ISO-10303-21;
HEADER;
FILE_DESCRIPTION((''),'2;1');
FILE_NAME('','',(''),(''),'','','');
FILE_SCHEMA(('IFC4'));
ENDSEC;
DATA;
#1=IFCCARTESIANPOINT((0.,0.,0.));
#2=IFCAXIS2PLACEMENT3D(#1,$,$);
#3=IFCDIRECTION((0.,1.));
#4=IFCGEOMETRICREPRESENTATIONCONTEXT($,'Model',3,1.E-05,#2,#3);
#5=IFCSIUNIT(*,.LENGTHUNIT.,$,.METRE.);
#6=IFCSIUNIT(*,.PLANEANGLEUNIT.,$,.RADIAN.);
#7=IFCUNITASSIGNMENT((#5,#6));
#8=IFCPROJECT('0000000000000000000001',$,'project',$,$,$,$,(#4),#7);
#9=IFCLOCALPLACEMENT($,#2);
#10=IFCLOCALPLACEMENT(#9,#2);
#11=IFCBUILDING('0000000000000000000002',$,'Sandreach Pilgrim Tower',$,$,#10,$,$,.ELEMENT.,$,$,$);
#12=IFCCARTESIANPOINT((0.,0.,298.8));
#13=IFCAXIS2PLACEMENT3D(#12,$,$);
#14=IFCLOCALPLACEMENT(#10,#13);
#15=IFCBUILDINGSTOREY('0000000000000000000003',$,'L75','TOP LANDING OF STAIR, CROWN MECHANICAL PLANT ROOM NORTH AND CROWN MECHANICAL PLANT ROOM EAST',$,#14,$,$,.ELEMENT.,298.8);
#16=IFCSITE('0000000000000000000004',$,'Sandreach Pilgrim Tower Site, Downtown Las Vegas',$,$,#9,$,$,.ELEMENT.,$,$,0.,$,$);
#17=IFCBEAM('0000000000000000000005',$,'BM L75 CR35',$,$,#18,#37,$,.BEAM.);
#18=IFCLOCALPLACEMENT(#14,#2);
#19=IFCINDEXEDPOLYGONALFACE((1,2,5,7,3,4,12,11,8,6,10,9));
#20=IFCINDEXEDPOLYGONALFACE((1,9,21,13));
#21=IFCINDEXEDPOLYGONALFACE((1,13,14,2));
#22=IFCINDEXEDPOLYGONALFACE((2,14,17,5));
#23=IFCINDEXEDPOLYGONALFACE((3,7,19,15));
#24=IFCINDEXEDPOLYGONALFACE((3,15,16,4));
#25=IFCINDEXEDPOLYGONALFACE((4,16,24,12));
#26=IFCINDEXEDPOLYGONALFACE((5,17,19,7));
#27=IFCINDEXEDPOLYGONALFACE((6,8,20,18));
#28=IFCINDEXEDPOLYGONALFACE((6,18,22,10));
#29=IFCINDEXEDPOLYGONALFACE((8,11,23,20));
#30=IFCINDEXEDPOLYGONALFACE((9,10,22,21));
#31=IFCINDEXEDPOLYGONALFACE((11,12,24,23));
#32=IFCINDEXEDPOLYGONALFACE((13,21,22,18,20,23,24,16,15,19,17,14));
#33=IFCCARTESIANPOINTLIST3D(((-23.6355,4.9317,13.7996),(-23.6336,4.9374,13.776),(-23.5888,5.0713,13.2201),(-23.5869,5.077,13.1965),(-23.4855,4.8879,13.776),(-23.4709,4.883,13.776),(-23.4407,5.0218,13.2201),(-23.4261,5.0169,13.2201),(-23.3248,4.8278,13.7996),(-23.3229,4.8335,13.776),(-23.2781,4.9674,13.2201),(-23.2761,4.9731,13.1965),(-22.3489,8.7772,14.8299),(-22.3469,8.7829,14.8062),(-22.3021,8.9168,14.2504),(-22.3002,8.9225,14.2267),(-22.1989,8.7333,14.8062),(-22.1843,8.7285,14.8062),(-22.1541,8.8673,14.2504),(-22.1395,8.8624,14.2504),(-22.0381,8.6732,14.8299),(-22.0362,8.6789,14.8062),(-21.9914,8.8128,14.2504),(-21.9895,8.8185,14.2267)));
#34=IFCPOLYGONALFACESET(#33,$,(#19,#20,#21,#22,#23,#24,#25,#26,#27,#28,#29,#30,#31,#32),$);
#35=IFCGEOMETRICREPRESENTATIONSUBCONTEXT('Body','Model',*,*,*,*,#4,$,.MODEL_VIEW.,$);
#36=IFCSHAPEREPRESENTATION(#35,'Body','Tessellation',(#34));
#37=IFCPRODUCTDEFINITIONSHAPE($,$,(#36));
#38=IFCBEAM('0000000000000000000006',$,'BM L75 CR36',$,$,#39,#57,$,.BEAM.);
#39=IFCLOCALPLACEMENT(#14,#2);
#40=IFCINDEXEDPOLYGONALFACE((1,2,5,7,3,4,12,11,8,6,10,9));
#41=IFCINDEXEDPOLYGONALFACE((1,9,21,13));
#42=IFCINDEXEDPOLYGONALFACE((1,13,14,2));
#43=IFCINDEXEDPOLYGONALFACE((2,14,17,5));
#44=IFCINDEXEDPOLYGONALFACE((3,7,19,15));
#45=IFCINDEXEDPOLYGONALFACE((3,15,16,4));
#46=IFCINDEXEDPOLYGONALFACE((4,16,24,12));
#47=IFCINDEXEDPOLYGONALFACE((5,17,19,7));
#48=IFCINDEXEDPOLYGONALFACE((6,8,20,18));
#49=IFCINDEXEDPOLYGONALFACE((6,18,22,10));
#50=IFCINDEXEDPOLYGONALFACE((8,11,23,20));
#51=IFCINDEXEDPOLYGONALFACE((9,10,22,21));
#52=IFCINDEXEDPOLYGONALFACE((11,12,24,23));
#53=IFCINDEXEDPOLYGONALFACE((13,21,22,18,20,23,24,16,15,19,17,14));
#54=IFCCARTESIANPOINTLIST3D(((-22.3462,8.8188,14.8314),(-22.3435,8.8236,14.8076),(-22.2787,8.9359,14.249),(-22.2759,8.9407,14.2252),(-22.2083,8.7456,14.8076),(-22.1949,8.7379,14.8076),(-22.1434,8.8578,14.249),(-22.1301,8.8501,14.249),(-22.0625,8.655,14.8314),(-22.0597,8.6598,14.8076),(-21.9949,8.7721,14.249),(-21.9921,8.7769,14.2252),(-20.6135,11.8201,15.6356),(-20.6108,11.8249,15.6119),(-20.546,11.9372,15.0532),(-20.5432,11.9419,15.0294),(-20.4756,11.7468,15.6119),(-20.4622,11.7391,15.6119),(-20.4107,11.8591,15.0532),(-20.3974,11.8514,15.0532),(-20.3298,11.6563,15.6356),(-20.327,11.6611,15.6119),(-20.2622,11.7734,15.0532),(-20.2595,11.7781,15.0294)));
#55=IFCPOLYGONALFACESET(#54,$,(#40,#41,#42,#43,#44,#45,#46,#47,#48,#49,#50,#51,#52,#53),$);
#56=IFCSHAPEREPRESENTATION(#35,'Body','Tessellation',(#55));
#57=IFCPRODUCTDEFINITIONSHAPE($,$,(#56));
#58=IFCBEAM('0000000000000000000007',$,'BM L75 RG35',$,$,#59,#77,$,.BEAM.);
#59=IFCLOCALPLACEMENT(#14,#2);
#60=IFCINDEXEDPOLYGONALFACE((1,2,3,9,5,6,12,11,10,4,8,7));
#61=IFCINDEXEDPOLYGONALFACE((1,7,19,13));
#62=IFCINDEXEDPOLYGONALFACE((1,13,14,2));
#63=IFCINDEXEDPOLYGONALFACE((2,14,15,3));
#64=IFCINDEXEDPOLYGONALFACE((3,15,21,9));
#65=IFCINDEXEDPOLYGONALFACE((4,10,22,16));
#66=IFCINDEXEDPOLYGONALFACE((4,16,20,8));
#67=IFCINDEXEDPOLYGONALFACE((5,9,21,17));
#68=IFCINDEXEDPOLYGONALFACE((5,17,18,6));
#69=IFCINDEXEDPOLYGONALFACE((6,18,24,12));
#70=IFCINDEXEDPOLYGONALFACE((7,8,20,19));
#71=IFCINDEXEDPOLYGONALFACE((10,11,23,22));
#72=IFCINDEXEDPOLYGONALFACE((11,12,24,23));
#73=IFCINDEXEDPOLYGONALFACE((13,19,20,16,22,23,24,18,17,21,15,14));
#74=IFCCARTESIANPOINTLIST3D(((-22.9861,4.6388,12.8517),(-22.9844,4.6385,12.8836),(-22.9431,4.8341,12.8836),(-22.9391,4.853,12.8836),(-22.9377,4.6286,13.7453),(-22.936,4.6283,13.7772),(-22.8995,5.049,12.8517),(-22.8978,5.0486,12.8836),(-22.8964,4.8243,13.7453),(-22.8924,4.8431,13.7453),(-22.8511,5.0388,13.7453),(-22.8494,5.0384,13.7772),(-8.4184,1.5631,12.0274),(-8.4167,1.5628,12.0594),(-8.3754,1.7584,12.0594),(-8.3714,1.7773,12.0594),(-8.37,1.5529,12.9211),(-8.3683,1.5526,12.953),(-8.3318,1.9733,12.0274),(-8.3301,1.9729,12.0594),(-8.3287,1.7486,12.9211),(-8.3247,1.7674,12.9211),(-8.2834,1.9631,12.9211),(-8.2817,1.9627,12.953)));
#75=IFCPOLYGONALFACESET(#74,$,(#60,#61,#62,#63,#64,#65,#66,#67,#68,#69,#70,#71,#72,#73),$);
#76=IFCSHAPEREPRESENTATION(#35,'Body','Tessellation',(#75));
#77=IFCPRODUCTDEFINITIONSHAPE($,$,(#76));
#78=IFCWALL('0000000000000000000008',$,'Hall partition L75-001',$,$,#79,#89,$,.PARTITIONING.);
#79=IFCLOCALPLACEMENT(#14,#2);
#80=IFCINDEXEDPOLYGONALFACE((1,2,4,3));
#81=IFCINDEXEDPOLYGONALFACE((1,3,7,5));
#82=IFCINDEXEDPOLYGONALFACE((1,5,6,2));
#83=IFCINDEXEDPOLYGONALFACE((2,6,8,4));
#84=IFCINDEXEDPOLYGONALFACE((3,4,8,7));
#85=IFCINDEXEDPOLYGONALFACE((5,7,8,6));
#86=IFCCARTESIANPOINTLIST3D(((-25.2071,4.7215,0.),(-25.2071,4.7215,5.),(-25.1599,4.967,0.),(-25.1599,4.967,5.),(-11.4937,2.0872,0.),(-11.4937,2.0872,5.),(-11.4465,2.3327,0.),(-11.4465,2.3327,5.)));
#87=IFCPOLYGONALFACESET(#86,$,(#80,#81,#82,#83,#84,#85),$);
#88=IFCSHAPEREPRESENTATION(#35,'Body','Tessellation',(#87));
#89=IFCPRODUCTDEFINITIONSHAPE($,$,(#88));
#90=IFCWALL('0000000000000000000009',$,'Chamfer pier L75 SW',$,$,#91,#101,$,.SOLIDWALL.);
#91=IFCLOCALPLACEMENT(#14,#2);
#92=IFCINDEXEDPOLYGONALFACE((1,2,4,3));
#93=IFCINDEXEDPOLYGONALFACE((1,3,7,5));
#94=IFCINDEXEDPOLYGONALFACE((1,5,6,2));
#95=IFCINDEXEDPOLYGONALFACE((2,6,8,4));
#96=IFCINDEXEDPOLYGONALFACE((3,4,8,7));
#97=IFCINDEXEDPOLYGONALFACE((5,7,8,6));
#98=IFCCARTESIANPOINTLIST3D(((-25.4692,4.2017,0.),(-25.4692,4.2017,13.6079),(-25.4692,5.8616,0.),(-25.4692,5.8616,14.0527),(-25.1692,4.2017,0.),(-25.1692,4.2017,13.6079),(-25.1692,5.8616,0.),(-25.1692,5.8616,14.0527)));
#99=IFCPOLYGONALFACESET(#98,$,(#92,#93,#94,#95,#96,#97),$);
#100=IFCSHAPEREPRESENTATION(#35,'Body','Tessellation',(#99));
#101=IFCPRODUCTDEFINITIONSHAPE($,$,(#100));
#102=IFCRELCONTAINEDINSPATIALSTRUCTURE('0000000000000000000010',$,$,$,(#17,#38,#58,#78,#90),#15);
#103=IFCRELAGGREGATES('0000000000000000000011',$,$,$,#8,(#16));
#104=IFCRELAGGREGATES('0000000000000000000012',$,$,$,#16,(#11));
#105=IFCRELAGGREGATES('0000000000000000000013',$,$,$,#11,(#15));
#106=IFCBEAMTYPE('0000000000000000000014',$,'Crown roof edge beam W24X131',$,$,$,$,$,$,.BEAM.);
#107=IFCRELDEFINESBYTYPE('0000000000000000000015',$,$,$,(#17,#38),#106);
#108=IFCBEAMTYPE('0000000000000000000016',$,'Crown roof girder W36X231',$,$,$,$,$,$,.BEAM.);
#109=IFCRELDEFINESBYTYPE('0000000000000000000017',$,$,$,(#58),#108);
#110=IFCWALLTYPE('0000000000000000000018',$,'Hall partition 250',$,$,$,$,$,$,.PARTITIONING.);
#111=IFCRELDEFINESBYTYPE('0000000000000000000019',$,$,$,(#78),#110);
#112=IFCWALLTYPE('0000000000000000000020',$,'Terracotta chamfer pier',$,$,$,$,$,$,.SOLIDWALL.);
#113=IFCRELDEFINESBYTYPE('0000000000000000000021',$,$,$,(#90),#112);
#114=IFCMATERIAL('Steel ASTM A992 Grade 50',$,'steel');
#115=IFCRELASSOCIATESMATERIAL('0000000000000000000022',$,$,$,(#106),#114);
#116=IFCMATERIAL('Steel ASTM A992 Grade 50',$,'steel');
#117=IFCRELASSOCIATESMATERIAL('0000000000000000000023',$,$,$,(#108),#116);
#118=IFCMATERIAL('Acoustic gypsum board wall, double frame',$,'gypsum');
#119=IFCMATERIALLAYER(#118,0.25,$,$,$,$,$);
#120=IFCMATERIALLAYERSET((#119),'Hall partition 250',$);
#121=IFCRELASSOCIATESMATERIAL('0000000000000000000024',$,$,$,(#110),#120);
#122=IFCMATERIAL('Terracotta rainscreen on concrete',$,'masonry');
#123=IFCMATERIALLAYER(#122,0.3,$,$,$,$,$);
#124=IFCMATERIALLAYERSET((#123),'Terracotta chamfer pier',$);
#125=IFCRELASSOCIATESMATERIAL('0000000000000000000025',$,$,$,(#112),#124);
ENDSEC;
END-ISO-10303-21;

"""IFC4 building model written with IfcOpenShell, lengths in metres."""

from ifc_helpers import new_model, si_unit, direction, frame, frame_2d, origin, origin_2d, place, context, subcontext, project, spatial, polyline, rectangle, i_section, outline, extrude, material, layer, layer_set, material_profile, profile_set, type_object, element, save


model = new_model("IFC4")

# Units and contexts
model_context = context("Model", 3, precision=1e-05, world=origin(), true_north=direction((0.0, 1.0)))
body_context = subcontext(model_context, "Body", "Model", "MODEL_VIEW")
ifc_project = project(units=[si_unit("LENGTHUNIT", "METRE"), si_unit("PLANEANGLEUNIT", "RADIAN")], contexts=[model_context])

# Site, building, storey
site_placement = place(None, origin())
site = spatial("IfcSite", under=ifc_project, at=site_placement, Name="Sandreach Pilgrim Tower Site, Downtown Las Vegas", CompositionType="ELEMENT", RefElevation=0.0)
building_placement = place(site_placement, origin())
building = spatial("IfcBuilding", under=site, at=building_placement, Name="Sandreach Pilgrim Tower", CompositionType="ELEMENT")
storey_placement = place(building_placement, frame((0.0, 0.0, 298.8)))
storey = spatial("IfcBuildingStorey", under=building, at=storey_placement, Name="L75", Description="TOP LANDING OF STAIR, CROWN MECHANICAL PLANT ROOM NORTH AND CROWN MECHANICAL PLANT ROOM EAST", CompositionType="ELEMENT", Elevation=298.8)

# Beams
ifc_material_1 = material(Name="Steel ASTM A992 Grade 50", Category="steel")
ifc_material_profile_1 = material_profile(ifc_material_1, i_section(OverallWidth=0.3276, OverallDepth=0.6223, WebThickness=0.0154, FlangeThickness=0.0244, at=origin_2d()), Name="W24X131")
ifc_profile_set_1 = profile_set([ifc_material_profile_1], Name="Steel ASTM A992 Grade 50")
beam_type_1 = type_object("IfcBeamType", Name="Crown roof edge beam W24X131", PredefinedType="BEAM", material=ifc_profile_set_1)
beam_1_placement = place(storey_placement, frame((-23.4558, 4.9524, 13.498), z_axis=(0.307523, 0.919125, 0.246251), x_axis=(-0.948327, 0.317293, 0.0)))
element("IfcBeam", 1, at=beam_1_placement, inside=storey, type_object=beam_type_1, Name="BM L75 CR35", PredefinedType="BEAM", context=body_context, shape_type="SweptSolid", body=[
    extrude(i_section(OverallWidth=0.3276, OverallDepth=0.6223, WebThickness=0.0154, FlangeThickness=0.0244, at=origin_2d()), origin(), (0.0, 0.0, 1.0), 4.1838),
])
beam_2_placement = place(storey_placement, frame((-22.1692, 8.7979, 14.5283), z_axis=(0.487039, 0.843619, 0.226054), x_axis=(-0.866037, 0.499981, 0.0)))
element("IfcBeam", 2, at=beam_2_placement, inside=storey, type_object=beam_type_1, Name="BM L75 CR36", PredefinedType="BEAM", context=body_context, shape_type="SweptSolid", body=[
    extrude(i_section(OverallWidth=0.3276, OverallDepth=0.6223, WebThickness=0.0154, FlangeThickness=0.0244, at=origin_2d()), origin(), (0.0, 0.0, 1.0), 3.5576),
])
ifc_material_2 = material(Name="Steel ASTM A992 Grade 50", Category="steel")
ifc_material_profile_2 = material_profile(ifc_material_2, i_section(OverallWidth=0.4192, OverallDepth=0.927, WebThickness=0.0193, FlangeThickness=0.032, at=origin_2d()), Name="W36X231")
ifc_profile_set_2 = profile_set([ifc_material_profile_2], Name="Steel ASTM A992 Grade 50")
beam_type_2 = type_object("IfcBeamType", Name="Crown roof girder W36X231", PredefinedType="BEAM", material=ifc_profile_set_2)
beam_3_placement = place(storey_placement, frame((-22.9177, 4.8386, 13.3145), z_axis=(0.976934, -0.206262, -0.055274), x_axis=(0.206577, 0.97843, 0.0)))
element("IfcBeam", 3, at=beam_3_placement, inside=storey, type_object=beam_type_2, Name="BM L75 RG35", PredefinedType="BEAM", context=body_context, shape_type="SweptSolid", body=[
    extrude(i_section(OverallWidth=0.4192, OverallDepth=0.927, WebThickness=0.0193, FlangeThickness=0.032, at=origin_2d()), origin(), (0.0, 0.0, 1.0), 14.9116),
])

# Walls
ifc_material_3 = material(Name="Acoustic gypsum board wall, double frame", Category="gypsum")
ifc_layer_1 = layer(ifc_material_3, 0.25)
ifc_layer_set_1 = layer_set([ifc_layer_1], Name="Hall partition 250")
wall_type_1 = type_object("IfcWallType", Name="Hall partition 250", PredefinedType="PARTITIONING", material=ifc_layer_set_1)
wall_1_placement = place(storey_placement, frame((-25.1833, 4.8442, 0.0), z_axis=(0.0, 0.0, 1.0), x_axis=(0.982045, -0.188646, 0.0)))
element("IfcWall", 4, at=wall_1_placement, inside=storey, type_object=wall_type_1, Name="Hall partition L75-001", PredefinedType="PARTITIONING", context=body_context, shape_type="SweptSolid", body=[
    extrude(rectangle(XDim=13.9641, YDim=0.25, at=frame_2d((6.9819, 0.0))), origin(), (0.0, 0.0, 1.0), 5.0),
])
ifc_material_4 = material(Name="Terracotta rainscreen on concrete", Category="masonry")
ifc_layer_2 = layer(ifc_material_4, 0.3)
ifc_layer_set_2 = layer_set([ifc_layer_2], Name="Terracotta chamfer pier")
wall_type_2 = type_object("IfcWallType", Name="Terracotta chamfer pier", PredefinedType="SOLIDWALL", material=ifc_layer_set_2)
wall_2_placement = place(storey_placement, frame((-25.3193, 4.2017, 0.0), z_axis=(0.0, 0.0, 1.0), x_axis=(0.0, 1.0, 0.0)))
element("IfcWall", 5, at=wall_2_placement, inside=storey, type_object=wall_type_2, Name="Chamfer pier L75 SW", PredefinedType="SOLIDWALL", context=body_context, shape_type="SweptSolid", body=[
    extrude(outline(polyline([(0.0, 0.0), (1.6599, 0.0), (1.6599, 14.0527), (0.0, 13.6079), (0.0, 0.0)])), frame((0.0, 0.1499, 0.0), z_axis=(0.0, -1.0, 0.0), x_axis=(1.0, 0.0, 0.0)), (0.0, 0.0, 1.0), 0.3),
])

save(model, "model.ifc")
